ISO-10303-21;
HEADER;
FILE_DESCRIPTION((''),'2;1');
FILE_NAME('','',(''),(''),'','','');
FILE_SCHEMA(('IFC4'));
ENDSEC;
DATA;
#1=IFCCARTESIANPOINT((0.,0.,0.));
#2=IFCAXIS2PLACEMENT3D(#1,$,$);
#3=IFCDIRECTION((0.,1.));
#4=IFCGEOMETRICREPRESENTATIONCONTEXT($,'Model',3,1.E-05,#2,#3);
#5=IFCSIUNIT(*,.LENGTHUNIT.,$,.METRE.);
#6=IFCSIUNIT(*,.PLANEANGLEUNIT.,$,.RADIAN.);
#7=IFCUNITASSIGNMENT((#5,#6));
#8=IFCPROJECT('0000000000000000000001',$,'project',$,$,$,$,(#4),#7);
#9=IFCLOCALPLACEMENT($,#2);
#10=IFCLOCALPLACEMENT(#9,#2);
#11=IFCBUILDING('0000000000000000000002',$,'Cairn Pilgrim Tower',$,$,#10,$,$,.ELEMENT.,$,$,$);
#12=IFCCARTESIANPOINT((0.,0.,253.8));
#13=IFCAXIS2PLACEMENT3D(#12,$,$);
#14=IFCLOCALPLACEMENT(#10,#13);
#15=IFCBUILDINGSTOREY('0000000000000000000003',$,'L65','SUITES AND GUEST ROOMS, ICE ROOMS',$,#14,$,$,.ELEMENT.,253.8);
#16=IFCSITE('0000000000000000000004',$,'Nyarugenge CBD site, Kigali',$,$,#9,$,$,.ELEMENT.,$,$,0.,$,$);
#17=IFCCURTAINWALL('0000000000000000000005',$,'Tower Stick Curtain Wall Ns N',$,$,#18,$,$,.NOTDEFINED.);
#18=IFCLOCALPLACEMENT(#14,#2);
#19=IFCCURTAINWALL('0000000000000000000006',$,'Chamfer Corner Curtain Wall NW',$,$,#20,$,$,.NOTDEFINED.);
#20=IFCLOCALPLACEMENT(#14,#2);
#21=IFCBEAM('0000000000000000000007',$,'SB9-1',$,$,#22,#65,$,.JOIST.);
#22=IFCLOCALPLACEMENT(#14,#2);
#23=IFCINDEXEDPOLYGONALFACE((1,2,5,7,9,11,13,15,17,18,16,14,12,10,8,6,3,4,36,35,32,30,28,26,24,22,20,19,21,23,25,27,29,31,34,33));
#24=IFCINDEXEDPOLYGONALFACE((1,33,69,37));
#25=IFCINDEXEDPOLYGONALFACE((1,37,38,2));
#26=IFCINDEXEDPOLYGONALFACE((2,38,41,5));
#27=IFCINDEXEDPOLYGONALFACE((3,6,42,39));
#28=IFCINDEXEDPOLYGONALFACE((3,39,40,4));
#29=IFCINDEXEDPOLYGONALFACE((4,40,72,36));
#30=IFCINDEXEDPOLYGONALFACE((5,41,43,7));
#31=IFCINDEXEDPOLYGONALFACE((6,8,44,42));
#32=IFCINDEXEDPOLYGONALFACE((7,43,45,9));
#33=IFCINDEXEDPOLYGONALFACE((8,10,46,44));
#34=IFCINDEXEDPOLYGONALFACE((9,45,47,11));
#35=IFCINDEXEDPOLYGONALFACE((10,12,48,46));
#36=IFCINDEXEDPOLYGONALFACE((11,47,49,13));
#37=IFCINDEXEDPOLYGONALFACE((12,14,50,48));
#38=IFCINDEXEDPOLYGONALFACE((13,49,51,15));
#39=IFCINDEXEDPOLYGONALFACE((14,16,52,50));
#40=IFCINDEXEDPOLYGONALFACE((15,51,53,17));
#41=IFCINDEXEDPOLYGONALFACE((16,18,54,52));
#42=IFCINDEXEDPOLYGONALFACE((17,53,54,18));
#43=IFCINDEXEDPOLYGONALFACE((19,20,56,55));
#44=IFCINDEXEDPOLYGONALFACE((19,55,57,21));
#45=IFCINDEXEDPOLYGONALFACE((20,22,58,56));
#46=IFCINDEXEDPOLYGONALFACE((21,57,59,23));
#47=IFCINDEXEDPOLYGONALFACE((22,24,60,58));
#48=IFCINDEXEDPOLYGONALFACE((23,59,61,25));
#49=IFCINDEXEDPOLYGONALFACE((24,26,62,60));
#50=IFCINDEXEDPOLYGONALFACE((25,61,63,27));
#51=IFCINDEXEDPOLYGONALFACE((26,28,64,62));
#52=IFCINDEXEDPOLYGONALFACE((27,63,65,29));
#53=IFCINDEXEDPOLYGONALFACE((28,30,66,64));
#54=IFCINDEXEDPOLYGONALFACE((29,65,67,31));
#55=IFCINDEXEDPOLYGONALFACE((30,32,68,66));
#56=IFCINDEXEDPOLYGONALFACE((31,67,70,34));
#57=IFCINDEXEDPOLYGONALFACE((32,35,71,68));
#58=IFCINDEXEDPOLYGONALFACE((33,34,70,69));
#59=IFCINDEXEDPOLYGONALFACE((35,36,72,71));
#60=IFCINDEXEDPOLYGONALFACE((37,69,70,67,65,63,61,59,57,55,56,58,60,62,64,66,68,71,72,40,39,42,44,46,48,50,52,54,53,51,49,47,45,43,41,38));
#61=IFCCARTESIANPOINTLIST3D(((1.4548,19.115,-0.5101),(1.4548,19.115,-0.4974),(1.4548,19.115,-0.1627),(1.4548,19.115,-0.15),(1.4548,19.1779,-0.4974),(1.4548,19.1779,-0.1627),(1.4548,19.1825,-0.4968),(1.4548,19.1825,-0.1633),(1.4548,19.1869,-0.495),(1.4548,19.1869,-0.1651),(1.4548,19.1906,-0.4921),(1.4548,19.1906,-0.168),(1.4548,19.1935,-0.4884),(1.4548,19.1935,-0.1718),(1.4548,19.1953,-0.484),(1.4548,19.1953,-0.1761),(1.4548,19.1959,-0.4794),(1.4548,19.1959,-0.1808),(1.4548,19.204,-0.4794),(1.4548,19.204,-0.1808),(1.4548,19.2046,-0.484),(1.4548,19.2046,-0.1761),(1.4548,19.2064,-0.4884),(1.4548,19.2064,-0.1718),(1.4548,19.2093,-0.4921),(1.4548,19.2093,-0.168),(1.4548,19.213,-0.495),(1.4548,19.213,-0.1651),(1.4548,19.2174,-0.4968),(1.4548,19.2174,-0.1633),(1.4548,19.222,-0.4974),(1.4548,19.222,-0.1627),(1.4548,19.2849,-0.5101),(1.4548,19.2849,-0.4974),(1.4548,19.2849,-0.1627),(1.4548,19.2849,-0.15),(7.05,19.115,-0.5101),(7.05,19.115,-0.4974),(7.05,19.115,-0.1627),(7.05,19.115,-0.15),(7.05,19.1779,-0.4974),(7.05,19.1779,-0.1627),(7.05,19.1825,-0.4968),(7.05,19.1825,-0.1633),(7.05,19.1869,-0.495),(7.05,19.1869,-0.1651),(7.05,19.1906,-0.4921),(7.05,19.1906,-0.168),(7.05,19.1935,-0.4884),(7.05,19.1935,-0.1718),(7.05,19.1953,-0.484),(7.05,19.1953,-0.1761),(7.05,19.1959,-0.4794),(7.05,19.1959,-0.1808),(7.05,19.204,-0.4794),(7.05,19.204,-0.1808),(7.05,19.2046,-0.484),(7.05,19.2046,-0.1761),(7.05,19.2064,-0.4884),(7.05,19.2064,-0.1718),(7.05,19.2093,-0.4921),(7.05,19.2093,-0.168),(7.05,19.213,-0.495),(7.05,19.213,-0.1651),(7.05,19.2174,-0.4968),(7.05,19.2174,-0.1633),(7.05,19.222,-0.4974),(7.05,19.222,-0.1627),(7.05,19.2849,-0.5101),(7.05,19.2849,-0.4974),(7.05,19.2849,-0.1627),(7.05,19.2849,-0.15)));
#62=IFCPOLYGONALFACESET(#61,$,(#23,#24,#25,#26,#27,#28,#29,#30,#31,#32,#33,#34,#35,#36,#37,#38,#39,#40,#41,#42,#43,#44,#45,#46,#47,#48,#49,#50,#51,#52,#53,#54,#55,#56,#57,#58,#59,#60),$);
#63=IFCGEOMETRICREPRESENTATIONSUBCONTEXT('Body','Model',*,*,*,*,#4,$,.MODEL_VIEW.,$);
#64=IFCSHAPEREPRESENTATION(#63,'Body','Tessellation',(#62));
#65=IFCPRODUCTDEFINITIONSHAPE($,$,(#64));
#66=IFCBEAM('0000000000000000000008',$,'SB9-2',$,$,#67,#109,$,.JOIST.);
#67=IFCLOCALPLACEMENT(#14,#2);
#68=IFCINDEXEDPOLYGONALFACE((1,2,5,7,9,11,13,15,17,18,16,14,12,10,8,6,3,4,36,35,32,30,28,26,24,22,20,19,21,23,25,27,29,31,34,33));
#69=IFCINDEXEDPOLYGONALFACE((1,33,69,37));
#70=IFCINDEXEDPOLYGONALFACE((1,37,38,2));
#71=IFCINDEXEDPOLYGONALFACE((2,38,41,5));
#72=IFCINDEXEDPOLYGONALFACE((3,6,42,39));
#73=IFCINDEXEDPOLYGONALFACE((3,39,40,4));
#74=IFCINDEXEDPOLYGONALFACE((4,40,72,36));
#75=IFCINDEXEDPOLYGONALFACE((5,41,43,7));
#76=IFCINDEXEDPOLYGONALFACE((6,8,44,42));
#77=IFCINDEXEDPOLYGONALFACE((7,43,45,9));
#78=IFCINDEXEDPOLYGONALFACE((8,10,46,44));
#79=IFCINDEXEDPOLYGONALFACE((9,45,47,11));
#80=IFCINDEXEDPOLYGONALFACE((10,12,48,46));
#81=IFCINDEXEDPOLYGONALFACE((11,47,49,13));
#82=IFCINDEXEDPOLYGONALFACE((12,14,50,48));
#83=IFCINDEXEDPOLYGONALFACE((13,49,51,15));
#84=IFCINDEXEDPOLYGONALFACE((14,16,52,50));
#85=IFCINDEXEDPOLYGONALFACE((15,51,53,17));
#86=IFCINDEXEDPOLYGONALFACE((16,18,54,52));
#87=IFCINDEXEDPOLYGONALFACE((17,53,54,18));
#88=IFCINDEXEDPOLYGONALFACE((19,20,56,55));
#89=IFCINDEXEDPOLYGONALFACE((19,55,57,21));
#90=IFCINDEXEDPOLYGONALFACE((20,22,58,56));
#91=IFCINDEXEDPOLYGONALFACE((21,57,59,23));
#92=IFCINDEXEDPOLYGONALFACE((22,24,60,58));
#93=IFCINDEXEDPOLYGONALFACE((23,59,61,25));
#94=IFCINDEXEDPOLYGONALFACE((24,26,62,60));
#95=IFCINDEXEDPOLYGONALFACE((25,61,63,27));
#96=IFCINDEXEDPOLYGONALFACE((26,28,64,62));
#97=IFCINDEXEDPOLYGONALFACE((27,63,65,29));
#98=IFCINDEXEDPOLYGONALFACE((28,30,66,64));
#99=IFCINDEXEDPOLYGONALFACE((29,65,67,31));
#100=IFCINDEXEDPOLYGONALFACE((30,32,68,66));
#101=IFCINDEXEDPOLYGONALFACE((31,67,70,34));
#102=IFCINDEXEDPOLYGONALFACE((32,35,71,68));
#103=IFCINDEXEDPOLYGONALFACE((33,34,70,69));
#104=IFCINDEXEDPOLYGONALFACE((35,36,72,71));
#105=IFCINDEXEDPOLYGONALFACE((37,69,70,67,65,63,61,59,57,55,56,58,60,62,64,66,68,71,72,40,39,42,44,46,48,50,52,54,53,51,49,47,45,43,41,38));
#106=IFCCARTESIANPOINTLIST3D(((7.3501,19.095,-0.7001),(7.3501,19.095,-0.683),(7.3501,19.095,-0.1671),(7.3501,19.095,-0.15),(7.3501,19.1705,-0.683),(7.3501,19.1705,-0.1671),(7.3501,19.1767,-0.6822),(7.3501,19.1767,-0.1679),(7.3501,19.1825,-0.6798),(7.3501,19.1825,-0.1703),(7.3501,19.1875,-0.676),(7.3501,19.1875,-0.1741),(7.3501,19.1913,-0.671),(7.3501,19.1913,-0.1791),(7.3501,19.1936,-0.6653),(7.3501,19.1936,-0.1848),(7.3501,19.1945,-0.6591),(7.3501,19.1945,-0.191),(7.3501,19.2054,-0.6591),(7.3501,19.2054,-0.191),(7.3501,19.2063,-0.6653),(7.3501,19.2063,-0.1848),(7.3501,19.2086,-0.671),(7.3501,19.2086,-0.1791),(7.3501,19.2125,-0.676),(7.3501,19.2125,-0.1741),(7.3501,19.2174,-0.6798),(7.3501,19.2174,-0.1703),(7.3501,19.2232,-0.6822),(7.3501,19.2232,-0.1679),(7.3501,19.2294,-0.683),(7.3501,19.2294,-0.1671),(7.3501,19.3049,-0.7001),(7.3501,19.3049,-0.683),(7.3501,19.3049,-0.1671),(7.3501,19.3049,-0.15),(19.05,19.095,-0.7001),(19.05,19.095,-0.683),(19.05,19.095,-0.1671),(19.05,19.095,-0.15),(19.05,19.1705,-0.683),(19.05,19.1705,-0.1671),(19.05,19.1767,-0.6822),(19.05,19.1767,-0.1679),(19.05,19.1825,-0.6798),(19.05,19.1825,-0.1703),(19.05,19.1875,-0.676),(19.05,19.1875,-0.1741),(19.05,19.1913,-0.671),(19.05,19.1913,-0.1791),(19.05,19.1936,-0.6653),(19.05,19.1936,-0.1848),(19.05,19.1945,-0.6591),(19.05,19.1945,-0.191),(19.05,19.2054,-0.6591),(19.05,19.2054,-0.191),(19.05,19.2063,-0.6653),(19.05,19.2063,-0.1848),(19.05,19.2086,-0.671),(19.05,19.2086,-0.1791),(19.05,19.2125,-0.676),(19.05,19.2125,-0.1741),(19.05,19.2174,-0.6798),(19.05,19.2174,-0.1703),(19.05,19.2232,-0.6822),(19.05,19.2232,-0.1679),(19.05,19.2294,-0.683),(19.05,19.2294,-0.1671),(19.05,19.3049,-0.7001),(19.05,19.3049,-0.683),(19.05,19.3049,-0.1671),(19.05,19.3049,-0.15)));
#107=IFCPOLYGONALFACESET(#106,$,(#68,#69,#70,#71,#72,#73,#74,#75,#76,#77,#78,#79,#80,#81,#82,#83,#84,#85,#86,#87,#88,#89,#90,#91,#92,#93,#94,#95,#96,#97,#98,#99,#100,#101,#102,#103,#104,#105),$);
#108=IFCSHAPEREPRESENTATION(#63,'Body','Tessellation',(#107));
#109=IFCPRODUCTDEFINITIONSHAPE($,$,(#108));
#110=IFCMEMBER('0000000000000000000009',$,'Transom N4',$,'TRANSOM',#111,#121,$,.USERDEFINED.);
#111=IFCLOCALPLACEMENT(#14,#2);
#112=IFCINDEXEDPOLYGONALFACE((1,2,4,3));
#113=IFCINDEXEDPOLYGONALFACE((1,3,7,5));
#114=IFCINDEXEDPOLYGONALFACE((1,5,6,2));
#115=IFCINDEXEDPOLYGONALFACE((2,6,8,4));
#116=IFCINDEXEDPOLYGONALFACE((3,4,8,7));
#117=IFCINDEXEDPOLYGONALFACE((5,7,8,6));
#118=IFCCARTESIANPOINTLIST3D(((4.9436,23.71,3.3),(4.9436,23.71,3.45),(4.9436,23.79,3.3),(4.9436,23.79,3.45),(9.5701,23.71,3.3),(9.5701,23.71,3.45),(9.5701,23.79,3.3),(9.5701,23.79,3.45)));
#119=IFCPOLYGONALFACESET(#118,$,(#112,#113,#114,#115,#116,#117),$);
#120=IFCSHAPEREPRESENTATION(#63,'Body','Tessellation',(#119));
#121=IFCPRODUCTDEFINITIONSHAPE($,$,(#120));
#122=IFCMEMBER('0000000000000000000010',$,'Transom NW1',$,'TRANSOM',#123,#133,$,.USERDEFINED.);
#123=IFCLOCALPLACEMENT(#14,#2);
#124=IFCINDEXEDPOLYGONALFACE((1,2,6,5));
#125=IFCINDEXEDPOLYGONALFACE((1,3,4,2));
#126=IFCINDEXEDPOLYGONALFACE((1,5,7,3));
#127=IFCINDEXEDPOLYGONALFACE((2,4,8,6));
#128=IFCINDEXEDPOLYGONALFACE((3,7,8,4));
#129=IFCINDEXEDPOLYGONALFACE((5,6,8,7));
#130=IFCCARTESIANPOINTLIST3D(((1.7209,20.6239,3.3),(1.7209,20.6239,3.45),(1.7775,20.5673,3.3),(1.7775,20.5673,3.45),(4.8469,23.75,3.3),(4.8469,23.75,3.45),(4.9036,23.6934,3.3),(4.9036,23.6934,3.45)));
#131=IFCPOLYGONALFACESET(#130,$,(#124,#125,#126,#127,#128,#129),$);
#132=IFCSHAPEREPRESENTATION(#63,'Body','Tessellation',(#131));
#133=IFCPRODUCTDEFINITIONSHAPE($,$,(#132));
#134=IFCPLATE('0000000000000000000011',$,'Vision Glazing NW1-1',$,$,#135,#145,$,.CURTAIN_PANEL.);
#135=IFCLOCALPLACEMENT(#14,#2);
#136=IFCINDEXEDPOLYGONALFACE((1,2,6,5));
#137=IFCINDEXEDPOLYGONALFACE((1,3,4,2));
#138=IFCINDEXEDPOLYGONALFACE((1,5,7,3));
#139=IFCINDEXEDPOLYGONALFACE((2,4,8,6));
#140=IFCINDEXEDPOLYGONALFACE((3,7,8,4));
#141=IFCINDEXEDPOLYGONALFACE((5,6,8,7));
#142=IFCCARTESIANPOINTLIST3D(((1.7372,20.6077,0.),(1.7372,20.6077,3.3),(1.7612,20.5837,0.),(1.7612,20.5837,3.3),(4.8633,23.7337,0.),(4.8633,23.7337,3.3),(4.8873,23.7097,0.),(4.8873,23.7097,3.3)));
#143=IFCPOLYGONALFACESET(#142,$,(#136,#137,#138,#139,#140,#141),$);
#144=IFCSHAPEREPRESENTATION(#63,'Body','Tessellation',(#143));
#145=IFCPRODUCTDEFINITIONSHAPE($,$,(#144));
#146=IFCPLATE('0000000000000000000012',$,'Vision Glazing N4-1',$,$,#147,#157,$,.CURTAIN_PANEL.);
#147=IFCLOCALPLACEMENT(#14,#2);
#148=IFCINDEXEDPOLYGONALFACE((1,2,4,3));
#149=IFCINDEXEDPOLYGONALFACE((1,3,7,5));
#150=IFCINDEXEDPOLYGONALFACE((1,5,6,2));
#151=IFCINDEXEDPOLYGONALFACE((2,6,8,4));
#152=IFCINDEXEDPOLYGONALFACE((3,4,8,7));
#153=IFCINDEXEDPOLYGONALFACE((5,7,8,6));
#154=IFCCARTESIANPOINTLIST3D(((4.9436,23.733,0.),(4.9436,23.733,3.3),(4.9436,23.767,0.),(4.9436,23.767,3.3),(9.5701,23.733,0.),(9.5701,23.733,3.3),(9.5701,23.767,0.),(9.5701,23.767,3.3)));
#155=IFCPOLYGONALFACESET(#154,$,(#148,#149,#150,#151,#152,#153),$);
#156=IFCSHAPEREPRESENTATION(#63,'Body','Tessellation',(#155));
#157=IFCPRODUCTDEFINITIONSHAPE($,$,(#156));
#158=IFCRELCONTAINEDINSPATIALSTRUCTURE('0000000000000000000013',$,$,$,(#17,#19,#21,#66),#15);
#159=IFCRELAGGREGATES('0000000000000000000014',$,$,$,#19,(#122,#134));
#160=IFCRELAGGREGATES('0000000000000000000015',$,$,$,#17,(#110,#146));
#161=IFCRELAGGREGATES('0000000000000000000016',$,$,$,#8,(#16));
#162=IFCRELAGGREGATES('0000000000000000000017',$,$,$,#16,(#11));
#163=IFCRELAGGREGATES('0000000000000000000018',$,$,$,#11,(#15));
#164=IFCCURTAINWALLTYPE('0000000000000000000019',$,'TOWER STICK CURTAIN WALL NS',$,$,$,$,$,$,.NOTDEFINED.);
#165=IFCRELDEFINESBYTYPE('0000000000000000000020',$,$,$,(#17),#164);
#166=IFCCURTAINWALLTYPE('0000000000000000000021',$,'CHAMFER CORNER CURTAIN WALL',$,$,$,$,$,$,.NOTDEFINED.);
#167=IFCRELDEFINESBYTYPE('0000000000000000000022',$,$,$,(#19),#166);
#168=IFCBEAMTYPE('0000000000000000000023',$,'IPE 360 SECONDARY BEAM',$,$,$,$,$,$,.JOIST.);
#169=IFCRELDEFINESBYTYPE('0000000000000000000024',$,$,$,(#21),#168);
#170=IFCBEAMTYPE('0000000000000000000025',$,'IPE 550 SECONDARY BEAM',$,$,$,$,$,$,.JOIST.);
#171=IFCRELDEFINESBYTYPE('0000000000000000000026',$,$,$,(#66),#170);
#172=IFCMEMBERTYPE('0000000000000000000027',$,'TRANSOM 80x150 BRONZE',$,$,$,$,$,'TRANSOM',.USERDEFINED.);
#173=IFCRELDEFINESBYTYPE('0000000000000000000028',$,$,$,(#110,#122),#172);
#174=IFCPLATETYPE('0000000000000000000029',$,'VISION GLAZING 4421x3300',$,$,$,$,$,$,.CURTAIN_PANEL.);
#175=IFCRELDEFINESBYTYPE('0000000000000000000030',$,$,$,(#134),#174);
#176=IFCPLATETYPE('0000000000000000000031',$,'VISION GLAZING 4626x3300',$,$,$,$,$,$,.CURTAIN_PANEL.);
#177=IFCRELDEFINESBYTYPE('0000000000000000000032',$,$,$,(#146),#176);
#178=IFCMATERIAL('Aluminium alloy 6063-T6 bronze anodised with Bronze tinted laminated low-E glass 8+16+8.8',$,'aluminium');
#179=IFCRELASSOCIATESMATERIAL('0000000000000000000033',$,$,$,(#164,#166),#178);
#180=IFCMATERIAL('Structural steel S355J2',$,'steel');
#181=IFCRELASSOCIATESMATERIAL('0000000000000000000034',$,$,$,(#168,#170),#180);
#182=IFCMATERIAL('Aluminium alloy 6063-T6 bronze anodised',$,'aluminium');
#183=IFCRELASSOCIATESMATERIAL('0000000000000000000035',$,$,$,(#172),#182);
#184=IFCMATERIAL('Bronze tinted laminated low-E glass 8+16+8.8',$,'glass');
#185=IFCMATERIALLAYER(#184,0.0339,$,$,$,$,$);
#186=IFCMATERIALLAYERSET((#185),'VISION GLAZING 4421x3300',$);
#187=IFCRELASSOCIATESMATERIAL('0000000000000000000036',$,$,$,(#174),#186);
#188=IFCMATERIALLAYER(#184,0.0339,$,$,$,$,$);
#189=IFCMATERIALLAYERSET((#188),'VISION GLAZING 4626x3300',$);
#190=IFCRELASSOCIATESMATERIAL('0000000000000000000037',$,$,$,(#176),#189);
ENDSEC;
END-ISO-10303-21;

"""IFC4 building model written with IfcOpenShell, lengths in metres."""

from ifc_helpers import new_model, si_unit, direction, frame, origin, origin_2d, place, context, subcontext, project, spatial, rectangle, i_section, extrude, material, layer, layer_set, material_profile, profile_set, type_object, element, aggregate, save


model = new_model("IFC4")

# Units and contexts
model_context = context("Model", 3, precision=1e-05, world=origin(), true_north=direction((0.0, 1.0)))
body_context = subcontext(model_context, "Body", "Model", "MODEL_VIEW")
ifc_project = project(units=[si_unit("LENGTHUNIT", "METRE"), si_unit("PLANEANGLEUNIT", "RADIAN")], contexts=[model_context])

# Site, building, storey
site_placement = place(None, origin())
site = spatial("IfcSite", under=ifc_project, at=site_placement, Name="Nyarugenge CBD site, Kigali", CompositionType="ELEMENT", RefElevation=0.0)
building_placement = place(site_placement, origin())
building = spatial("IfcBuilding", under=site, at=building_placement, Name="Cairn Pilgrim Tower", CompositionType="ELEMENT")
storey_placement = place(building_placement, frame((0.0, 0.0, 253.8)))
storey = spatial("IfcBuildingStorey", under=building, at=storey_placement, Name="L65", Description="SUITES AND GUEST ROOMS, ICE ROOMS", CompositionType="ELEMENT", Elevation=253.8)

# Shared definitions
ifc_material_1 = material(Name="Structural steel S355J2", Category="steel")

# Curtain wall
ifc_material_2 = material(Name="Aluminium alloy 6063-T6 bronze anodised with Bronze tinted laminated low-E glass 8+16+8.8", Category="aluminium")
curtain_wall_type_1 = type_object("IfcCurtainWallType", Name="TOWER STICK CURTAIN WALL NS", PredefinedType="NOTDEFINED", material=ifc_material_2)
curtain_wall_1_placement = place(storey_placement, origin())
curtain_wall_1 = element("IfcCurtainWall", 1, at=curtain_wall_1_placement, inside=storey, type_object=curtain_wall_type_1, Name="Tower Stick Curtain Wall Ns N", PredefinedType="NOTDEFINED")
ifc_material_3 = material(Name="Aluminium alloy 6063-T6 bronze anodised", Category="aluminium")

# Curtain wall
curtain_wall_type_2 = type_object("IfcCurtainWallType", Name="CHAMFER CORNER CURTAIN WALL", PredefinedType="NOTDEFINED", material=ifc_material_2)
curtain_wall_2_placement = place(storey_placement, origin())
curtain_wall_2 = element("IfcCurtainWall", 2, at=curtain_wall_2_placement, inside=storey, type_object=curtain_wall_type_2, Name="Chamfer Corner Curtain Wall NW", PredefinedType="NOTDEFINED")

# Beams
ifc_material_profile_1 = material_profile(ifc_material_1, i_section(OverallWidth=0.1699, OverallDepth=0.3601, WebThickness=0.0081, FlangeThickness=0.0127, FilletRadius=0.0181, at=origin_2d()), Name="IPE 360")
ifc_profile_set_1 = profile_set([ifc_material_profile_1], Name="Structural steel S355J2")
beam_type_1 = type_object("IfcBeamType", Name="IPE 360 SECONDARY BEAM", PredefinedType="JOIST", material=ifc_profile_set_1)
beam_1_placement = place(storey_placement, frame((1.4548, 19.2, -0.3301), z_axis=(1.0, 0.0, 0.0), x_axis=(0.0, 1.0, 0.0)))
element("IfcBeam", 3, at=beam_1_placement, inside=storey, type_object=beam_type_1, Name="SB9-1", PredefinedType="JOIST", context=body_context, shape_type="SweptSolid", body=[
    extrude(i_section(OverallWidth=0.1699, OverallDepth=0.3601, WebThickness=0.0081, FlangeThickness=0.0127, FilletRadius=0.0181, at=origin_2d()), origin(), (0.0, 0.0, 1.0), 5.5952),
])
ifc_material_profile_2 = material_profile(ifc_material_1, i_section(OverallWidth=0.21, OverallDepth=0.55, WebThickness=0.011, FlangeThickness=0.0171, FilletRadius=0.0239, at=origin_2d()), Name="IPE 550")
ifc_profile_set_2 = profile_set([ifc_material_profile_2], Name="Structural steel S355J2")
beam_type_2 = type_object("IfcBeamType", Name="IPE 550 SECONDARY BEAM", PredefinedType="JOIST", material=ifc_profile_set_2)
beam_2_placement = place(storey_placement, frame((7.3501, 19.2, -0.425), z_axis=(1.0, 0.0, 0.0), x_axis=(0.0, 1.0, 0.0)))
element("IfcBeam", 4, at=beam_2_placement, inside=storey, type_object=beam_type_2, Name="SB9-2", PredefinedType="JOIST", context=body_context, shape_type="SweptSolid", body=[
    extrude(i_section(OverallWidth=0.21, OverallDepth=0.55, WebThickness=0.011, FlangeThickness=0.0171, FilletRadius=0.0239, at=origin_2d()), origin(), (0.0, 0.0, 1.0), 11.7),
])

# Members
ifc_material_profile_3 = material_profile(ifc_material_3, rectangle(XDim=0.0801, YDim=0.1499, at=origin_2d()), Name="TRANSOM 80x150 BRONZE")
ifc_profile_set_3 = profile_set([ifc_material_profile_3], Name="Aluminium alloy 6063-T6 bronze anodised")
member_type_1 = type_object("IfcMemberType", Name="TRANSOM 80x150 BRONZE", ElementType="TRANSOM", PredefinedType="USERDEFINED", material=ifc_profile_set_3)
member_1_placement = place(storey_placement, frame((9.5701, 23.75, 3.375), z_axis=(-1.0, 0.0, 0.0), x_axis=(0.0, -1.0, 0.0)))
member_1 = element("IfcMember", 5, at=member_1_placement, type_object=member_type_1, Name="Transom N4", ObjectType="TRANSOM", PredefinedType="USERDEFINED", context=body_context, shape_type="SweptSolid", body=[
    extrude(rectangle(XDim=0.0801, YDim=0.1499, at=origin_2d()), origin(), (0.0, 0.0, 1.0), 4.6265),
])
member_2_placement = place(storey_placement, frame((4.8752, 23.7217, 3.375), z_axis=(-0.707107, -0.707107, 0.0), x_axis=(0.707107, -0.707107, 0.0)))
member_2 = element("IfcMember", 6, at=member_2_placement, type_object=member_type_1, Name="Transom NW1", ObjectType="TRANSOM", PredefinedType="USERDEFINED", context=body_context, shape_type="SweptSolid", body=[
    extrude(rectangle(XDim=0.0801, YDim=0.1499, at=origin_2d()), origin(), (0.0, 0.0, 1.0), 4.4209),
])

# Plates
ifc_material_4 = material(Name="Bronze tinted laminated low-E glass 8+16+8.8", Category="glass")
ifc_layer_1 = layer(ifc_material_4, 0.0339)
ifc_layer_set_1 = layer_set([ifc_layer_1], Name="VISION GLAZING 4421x3300")
plate_type_1 = type_object("IfcPlateType", Name="VISION GLAZING 4421x3300", PredefinedType="CURTAIN_PANEL", material=ifc_layer_set_1)
plate_1_placement = place(storey_placement, frame((3.3123, 22.1587, 0.0), z_axis=(0.0, 0.0, 1.0), x_axis=(-0.707107, -0.707107, 0.0)))
plate_1 = element("IfcPlate", 7, at=plate_1_placement, type_object=plate_type_1, Name="Vision Glazing NW1-1", PredefinedType="CURTAIN_PANEL", context=body_context, shape_type="SweptSolid", body=[
    extrude(rectangle(XDim=4.4209, YDim=0.0339, at=origin_2d()), origin(), (0.0, 0.0, 1.0), 3.3),
])
aggregate(curtain_wall_2, [member_2, plate_1])
ifc_layer_2 = layer(ifc_material_4, 0.0339)
ifc_layer_set_2 = layer_set([ifc_layer_2], Name="VISION GLAZING 4626x3300")
plate_type_2 = type_object("IfcPlateType", Name="VISION GLAZING 4626x3300", PredefinedType="CURTAIN_PANEL", material=ifc_layer_set_2)
plate_2_placement = place(storey_placement, frame((7.2568, 23.75, 0.0), z_axis=(0.0, 0.0, 1.0), x_axis=(-1.0, 0.0, 0.0)))
plate_2 = element("IfcPlate", 8, at=plate_2_placement, type_object=plate_type_2, Name="Vision Glazing N4-1", PredefinedType="CURTAIN_PANEL", context=body_context, shape_type="SweptSolid", body=[
    extrude(rectangle(XDim=4.6265, YDim=0.0339, at=origin_2d()), origin(), (0.0, 0.0, 1.0), 3.3),
])
aggregate(curtain_wall_1, [member_1, plate_2])

save(model, "model.ifc")
